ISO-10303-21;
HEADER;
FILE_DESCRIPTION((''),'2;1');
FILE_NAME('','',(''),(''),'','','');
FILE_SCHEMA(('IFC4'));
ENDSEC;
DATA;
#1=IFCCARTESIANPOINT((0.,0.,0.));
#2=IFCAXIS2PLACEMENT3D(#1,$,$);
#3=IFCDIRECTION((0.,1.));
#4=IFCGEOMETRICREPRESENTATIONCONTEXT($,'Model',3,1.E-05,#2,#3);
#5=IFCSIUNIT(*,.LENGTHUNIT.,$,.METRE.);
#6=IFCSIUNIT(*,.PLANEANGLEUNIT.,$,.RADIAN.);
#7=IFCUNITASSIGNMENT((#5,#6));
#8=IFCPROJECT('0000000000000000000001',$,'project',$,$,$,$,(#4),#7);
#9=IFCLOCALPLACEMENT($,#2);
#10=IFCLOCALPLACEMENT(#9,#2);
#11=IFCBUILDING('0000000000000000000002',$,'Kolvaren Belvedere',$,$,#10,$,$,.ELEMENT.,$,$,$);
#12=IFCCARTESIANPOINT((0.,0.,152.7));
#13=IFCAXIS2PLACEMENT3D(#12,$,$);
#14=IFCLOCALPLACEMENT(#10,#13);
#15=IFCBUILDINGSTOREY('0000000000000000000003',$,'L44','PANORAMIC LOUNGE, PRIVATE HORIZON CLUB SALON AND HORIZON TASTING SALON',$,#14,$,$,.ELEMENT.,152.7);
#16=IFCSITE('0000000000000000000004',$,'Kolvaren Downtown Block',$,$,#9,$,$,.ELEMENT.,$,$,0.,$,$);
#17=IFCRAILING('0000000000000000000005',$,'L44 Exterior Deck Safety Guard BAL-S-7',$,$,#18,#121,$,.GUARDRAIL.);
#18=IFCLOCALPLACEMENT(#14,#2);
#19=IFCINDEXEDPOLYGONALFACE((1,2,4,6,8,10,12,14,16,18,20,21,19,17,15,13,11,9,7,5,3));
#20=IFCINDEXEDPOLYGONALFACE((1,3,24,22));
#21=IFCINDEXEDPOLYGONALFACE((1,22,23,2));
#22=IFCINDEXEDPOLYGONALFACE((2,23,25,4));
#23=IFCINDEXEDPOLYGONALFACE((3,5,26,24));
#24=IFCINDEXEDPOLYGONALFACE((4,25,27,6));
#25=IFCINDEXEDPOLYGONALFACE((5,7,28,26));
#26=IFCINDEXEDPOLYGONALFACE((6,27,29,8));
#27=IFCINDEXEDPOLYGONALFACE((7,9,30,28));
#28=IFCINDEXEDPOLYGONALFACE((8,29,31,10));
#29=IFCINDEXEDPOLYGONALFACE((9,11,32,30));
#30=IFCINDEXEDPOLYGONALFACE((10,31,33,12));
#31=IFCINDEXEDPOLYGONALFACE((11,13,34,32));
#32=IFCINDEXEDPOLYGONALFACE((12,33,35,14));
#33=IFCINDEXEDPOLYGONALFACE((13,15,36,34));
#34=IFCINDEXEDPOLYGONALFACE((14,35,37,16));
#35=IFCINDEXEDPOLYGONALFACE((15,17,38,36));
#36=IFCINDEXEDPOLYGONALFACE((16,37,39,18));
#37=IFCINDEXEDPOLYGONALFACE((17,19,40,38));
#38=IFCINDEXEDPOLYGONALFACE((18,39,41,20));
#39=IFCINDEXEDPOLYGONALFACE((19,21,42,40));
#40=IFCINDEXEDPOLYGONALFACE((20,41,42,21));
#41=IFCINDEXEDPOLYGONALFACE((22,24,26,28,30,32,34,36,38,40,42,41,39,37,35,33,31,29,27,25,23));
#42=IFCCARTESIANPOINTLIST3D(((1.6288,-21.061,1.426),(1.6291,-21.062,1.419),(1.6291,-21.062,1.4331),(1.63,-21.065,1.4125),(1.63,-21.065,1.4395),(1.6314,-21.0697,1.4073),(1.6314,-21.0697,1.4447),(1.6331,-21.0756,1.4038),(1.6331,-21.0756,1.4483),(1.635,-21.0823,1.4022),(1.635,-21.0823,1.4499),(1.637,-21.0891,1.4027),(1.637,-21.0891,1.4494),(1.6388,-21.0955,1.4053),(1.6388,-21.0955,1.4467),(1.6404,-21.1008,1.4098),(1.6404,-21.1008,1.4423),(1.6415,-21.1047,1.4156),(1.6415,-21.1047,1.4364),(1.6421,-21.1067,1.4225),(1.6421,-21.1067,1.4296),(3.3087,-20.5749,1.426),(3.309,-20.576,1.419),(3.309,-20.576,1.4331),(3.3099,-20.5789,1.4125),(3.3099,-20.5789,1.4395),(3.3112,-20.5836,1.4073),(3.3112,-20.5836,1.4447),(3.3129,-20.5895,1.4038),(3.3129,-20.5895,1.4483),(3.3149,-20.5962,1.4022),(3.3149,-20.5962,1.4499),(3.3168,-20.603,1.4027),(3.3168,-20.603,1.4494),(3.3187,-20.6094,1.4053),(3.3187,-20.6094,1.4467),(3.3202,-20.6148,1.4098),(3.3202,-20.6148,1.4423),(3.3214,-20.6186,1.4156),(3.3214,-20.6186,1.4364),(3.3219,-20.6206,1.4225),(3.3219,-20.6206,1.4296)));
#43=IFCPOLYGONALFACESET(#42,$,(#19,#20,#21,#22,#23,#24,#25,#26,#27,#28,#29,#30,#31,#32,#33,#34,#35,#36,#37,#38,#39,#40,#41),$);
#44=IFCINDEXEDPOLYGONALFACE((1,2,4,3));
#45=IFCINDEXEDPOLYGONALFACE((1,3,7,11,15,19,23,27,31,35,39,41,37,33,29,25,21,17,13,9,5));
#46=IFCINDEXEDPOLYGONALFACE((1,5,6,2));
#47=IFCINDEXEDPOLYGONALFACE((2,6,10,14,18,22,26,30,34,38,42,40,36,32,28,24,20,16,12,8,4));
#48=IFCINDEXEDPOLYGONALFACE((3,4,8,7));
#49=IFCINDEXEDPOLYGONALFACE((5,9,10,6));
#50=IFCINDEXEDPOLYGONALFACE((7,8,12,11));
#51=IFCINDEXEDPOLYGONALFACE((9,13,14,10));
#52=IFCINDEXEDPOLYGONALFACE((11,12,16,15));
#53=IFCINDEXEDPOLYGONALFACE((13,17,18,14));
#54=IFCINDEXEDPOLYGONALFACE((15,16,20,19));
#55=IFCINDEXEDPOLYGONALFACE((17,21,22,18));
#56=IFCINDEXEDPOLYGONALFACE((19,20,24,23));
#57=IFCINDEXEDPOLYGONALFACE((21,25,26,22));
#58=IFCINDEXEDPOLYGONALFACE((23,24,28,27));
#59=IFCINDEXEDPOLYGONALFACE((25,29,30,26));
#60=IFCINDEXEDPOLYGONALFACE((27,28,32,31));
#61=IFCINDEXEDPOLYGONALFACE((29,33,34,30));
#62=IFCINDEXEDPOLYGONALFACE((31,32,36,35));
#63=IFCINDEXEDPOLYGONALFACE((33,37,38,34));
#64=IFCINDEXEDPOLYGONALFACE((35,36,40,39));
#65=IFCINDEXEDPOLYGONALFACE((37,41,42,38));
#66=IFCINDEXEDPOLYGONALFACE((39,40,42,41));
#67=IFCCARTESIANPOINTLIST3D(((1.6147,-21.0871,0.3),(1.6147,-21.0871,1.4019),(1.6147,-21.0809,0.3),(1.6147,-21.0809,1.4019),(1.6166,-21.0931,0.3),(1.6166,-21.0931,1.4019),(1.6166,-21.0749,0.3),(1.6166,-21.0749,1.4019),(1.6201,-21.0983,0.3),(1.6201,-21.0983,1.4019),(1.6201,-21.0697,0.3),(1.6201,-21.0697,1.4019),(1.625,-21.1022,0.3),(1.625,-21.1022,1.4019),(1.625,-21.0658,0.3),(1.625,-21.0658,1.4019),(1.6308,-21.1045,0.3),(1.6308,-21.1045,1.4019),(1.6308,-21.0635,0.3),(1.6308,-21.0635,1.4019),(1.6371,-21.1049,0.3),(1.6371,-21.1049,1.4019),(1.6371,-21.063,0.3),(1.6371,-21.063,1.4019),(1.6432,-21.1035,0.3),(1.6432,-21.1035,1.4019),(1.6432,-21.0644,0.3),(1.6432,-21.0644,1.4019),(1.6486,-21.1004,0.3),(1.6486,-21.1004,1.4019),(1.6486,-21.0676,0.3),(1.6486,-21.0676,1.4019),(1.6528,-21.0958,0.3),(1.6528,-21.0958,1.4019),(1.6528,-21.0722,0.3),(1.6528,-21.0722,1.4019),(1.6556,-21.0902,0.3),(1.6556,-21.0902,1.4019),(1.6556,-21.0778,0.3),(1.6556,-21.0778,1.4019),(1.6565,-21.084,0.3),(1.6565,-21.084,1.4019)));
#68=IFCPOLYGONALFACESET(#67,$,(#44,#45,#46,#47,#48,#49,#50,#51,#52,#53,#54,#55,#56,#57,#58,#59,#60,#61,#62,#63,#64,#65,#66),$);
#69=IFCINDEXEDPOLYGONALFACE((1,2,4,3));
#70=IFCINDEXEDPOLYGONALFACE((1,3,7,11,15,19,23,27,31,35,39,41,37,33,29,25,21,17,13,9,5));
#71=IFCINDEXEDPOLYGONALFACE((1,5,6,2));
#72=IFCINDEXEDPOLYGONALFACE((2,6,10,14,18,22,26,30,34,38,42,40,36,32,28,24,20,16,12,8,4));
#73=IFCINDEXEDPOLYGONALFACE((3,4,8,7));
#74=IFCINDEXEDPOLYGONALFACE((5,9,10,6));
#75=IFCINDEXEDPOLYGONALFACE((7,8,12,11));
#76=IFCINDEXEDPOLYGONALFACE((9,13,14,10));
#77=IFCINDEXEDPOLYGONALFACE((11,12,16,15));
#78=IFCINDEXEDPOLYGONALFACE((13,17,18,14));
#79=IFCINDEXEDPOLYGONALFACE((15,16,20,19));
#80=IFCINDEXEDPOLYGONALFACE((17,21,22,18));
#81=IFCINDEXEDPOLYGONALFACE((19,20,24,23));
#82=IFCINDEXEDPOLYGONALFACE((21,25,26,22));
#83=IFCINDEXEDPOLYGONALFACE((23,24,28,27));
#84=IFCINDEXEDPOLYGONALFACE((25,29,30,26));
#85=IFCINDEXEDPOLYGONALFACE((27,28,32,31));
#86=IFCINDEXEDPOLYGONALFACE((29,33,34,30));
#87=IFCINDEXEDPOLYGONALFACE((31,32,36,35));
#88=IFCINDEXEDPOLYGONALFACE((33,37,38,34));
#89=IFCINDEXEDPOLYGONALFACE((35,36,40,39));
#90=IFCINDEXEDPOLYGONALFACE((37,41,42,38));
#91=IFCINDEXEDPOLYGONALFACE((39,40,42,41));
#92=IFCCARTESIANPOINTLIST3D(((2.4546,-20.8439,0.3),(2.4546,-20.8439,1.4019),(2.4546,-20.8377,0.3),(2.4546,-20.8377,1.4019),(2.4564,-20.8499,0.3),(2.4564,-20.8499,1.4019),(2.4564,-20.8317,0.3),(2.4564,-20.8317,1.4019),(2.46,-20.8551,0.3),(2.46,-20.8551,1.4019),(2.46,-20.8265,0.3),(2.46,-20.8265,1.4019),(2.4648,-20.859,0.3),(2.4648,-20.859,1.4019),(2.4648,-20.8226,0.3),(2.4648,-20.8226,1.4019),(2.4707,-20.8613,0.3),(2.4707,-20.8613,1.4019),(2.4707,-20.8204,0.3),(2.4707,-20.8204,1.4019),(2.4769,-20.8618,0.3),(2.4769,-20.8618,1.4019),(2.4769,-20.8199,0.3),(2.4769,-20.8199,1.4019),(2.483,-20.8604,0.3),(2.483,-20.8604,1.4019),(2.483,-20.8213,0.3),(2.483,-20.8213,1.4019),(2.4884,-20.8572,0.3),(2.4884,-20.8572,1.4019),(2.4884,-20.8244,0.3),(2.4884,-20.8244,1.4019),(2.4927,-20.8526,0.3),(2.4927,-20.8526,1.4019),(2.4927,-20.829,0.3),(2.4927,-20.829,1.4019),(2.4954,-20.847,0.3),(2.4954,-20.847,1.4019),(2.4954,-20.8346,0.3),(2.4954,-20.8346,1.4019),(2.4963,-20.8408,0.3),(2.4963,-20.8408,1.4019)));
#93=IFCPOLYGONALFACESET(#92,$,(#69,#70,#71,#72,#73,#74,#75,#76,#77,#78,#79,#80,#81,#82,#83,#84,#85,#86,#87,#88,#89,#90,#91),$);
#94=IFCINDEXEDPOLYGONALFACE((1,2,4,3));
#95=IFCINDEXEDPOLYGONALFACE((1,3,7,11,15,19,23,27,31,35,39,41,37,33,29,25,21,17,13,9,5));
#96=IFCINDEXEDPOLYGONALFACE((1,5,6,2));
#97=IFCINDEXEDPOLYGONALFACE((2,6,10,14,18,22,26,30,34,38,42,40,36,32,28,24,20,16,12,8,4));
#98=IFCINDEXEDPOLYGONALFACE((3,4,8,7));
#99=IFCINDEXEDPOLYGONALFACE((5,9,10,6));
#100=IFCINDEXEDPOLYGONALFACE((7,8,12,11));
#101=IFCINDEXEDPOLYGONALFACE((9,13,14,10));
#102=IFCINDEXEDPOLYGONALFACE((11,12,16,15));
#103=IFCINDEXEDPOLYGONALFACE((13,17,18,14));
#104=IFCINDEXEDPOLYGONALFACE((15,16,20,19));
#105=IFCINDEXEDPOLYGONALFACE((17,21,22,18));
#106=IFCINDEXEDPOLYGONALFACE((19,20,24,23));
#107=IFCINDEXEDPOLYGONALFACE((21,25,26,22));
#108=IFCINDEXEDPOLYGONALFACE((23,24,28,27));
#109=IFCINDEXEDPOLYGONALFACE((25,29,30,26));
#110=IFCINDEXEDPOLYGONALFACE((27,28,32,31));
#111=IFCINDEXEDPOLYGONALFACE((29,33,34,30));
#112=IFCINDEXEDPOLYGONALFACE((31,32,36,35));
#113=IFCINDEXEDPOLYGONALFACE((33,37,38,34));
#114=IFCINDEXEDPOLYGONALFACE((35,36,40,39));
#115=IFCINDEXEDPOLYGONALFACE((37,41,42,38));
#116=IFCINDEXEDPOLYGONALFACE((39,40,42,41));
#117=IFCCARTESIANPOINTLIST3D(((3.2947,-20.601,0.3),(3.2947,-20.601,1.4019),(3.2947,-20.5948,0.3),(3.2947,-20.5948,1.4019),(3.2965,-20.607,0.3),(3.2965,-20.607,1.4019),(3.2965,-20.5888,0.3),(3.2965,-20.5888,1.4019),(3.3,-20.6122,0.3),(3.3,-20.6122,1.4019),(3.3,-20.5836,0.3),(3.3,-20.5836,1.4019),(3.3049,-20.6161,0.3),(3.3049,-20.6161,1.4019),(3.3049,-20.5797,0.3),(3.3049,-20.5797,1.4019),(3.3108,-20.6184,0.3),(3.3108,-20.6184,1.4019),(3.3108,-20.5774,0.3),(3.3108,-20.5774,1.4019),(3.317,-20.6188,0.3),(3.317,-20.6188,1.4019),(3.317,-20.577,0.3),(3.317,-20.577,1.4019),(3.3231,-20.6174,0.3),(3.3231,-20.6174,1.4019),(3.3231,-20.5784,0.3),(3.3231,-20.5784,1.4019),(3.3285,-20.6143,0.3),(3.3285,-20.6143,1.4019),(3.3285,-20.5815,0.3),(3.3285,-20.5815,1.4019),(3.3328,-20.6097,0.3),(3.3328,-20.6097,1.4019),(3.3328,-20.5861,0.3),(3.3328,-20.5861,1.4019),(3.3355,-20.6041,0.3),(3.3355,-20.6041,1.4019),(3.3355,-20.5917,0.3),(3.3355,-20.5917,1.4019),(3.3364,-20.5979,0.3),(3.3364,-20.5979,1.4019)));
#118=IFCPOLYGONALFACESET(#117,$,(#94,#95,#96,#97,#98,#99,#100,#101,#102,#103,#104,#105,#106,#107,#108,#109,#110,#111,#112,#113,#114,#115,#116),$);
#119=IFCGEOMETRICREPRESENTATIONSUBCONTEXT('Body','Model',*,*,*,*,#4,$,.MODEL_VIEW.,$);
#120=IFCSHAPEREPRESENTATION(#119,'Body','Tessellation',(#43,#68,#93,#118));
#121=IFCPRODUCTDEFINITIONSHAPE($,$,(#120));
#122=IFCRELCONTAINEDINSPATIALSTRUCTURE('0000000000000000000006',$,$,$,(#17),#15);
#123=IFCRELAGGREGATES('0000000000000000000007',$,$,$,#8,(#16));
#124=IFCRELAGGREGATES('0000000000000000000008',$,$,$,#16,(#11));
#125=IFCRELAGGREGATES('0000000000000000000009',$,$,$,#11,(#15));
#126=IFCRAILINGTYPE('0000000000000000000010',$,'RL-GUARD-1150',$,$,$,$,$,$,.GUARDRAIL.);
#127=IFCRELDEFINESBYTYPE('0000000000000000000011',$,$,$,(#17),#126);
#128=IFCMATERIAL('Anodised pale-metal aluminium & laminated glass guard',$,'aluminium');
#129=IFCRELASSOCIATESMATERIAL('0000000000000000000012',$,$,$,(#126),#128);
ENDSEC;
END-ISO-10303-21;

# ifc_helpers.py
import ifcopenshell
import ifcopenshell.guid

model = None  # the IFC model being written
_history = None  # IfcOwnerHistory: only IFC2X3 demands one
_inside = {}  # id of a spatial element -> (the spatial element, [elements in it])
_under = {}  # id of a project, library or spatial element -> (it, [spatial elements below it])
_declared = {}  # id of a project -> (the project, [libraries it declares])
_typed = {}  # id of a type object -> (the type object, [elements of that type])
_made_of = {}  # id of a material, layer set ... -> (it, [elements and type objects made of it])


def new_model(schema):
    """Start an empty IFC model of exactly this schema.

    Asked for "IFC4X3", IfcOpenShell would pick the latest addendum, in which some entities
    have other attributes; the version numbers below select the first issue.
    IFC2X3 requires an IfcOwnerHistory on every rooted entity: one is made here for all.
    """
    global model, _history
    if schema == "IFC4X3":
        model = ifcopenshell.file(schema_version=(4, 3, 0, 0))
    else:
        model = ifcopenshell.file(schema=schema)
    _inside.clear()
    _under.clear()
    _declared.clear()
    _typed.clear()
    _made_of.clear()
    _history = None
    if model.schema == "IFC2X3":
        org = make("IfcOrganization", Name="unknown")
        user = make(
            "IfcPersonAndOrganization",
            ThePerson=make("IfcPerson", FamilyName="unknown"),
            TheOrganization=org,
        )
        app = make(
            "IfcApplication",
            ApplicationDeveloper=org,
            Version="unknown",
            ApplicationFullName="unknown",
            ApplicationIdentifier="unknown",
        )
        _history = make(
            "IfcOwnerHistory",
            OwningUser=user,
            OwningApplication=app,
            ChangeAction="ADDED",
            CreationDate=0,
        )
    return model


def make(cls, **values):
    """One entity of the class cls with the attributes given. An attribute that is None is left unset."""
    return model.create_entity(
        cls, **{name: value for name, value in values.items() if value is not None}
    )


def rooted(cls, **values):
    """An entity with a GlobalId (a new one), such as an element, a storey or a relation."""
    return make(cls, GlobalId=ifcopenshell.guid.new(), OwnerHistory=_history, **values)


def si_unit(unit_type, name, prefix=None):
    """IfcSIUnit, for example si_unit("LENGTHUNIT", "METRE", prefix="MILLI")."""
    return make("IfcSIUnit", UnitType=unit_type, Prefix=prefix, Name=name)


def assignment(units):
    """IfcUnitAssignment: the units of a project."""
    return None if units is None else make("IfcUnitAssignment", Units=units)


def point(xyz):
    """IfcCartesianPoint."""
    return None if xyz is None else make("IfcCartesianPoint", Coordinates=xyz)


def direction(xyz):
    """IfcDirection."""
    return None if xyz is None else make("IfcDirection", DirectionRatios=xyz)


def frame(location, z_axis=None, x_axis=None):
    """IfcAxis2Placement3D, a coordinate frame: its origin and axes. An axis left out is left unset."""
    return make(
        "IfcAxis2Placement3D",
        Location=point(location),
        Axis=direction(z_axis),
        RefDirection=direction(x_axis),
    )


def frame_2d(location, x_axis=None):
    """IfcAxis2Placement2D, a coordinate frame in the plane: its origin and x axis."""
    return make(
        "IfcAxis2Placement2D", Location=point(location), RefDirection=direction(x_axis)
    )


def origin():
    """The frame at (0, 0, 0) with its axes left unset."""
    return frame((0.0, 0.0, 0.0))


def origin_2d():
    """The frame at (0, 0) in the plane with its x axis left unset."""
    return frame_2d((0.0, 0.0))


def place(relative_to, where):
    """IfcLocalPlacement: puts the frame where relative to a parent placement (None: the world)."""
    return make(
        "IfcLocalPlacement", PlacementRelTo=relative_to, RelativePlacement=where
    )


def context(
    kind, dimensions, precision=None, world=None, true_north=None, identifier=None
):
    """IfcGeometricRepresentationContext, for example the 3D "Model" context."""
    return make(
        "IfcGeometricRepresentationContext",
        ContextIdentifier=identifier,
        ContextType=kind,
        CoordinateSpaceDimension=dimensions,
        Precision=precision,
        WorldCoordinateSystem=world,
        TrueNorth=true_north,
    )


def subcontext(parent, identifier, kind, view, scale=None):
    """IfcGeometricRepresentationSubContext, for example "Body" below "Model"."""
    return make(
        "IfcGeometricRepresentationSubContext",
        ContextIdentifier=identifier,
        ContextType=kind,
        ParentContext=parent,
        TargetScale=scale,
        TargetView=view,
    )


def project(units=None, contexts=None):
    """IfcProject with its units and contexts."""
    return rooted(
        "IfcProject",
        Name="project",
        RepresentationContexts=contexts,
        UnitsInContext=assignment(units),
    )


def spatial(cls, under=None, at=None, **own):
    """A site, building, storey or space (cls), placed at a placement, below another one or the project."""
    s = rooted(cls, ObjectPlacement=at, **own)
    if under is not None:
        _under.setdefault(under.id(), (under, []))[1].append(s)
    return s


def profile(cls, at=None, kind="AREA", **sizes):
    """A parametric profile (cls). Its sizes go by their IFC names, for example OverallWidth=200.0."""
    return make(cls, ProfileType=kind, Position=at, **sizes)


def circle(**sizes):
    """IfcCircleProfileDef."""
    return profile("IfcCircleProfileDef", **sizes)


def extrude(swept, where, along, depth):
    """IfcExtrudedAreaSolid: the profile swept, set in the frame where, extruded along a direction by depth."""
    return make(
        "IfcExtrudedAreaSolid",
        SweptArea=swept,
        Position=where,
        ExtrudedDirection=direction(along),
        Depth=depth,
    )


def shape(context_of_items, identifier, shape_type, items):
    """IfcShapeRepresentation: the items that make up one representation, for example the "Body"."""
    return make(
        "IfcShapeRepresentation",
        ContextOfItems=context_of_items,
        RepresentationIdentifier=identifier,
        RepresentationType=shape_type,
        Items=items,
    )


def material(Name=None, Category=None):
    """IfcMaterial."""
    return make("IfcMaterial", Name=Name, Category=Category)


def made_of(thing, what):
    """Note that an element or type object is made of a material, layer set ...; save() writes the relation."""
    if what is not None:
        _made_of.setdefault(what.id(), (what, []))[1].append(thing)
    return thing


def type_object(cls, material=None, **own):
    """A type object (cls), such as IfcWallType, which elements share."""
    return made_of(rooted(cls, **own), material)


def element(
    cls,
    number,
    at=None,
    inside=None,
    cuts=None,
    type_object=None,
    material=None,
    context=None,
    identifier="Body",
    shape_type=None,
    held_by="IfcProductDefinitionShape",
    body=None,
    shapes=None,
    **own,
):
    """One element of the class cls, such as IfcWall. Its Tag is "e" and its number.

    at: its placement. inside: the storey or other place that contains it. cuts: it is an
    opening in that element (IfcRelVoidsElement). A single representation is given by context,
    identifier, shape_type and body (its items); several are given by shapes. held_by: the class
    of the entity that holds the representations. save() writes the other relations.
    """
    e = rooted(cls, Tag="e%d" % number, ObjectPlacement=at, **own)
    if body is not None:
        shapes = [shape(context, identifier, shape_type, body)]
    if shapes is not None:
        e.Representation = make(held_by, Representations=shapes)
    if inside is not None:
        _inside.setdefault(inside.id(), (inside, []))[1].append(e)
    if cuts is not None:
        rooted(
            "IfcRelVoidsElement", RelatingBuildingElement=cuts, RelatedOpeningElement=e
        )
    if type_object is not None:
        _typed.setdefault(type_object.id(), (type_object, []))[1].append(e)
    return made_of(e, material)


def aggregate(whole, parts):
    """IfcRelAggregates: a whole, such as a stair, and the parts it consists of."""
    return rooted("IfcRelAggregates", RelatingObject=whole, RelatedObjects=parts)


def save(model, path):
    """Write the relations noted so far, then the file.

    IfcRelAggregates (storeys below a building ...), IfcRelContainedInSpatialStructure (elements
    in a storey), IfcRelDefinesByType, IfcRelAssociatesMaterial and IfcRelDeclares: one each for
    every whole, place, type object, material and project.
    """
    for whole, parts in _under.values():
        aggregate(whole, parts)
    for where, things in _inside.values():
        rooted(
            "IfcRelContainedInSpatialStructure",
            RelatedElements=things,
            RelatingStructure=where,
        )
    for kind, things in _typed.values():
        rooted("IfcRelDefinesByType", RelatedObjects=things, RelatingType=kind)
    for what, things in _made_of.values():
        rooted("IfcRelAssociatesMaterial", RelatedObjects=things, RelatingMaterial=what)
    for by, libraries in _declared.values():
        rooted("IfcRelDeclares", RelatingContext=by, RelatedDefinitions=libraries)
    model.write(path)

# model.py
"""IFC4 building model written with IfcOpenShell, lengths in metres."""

from ifc_helpers import new_model, si_unit, direction, frame, origin, origin_2d, place, context, subcontext, project, spatial, circle, extrude, material, type_object, element, save


model = new_model("IFC4")

# Units and contexts
model_context = context("Model", 3, precision=1e-05, world=origin(), true_north=direction((0.0, 1.0)))
body_context = subcontext(model_context, "Body", "Model", "MODEL_VIEW")
ifc_project = project(units=[si_unit("LENGTHUNIT", "METRE"), si_unit("PLANEANGLEUNIT", "RADIAN")], contexts=[model_context])

# Site, building, storey
site_placement = place(None, origin())
site = spatial("IfcSite", under=ifc_project, at=site_placement, Name="Kolvaren Downtown Block", CompositionType="ELEMENT", RefElevation=0.0)
building_placement = place(site_placement, origin())
building = spatial("IfcBuilding", under=site, at=building_placement, Name="Kolvaren Belvedere", CompositionType="ELEMENT")
storey_placement = place(building_placement, frame((0.0, 0.0, 152.7)))
storey = spatial("IfcBuildingStorey", under=building, at=storey_placement, Name="L44", Description="PANORAMIC LOUNGE, PRIVATE HORIZON CLUB SALON AND HORIZON TASTING SALON", CompositionType="ELEMENT", Elevation=152.7)

# Railing
ifc_material_1 = material(Name="Anodised pale-metal aluminium & laminated glass guard", Category="aluminium")
railing_type = type_object("IfcRailingType", Name="RL-GUARD-1150", PredefinedType="GUARDRAIL", material=ifc_material_1)
railing_1_placement = place(storey_placement, frame((1.6355, -21.084, 0.3)))
element("IfcRailing", 1, at=railing_1_placement, inside=storey, type_object=railing_type, Name="L44 Exterior Deck Safety Guard BAL-S-7", PredefinedType="GUARDRAIL", context=body_context, shape_type="SweptSolid", body=[
    extrude(circle(Radius=0.0239, at=origin_2d()), frame((0.0, 0.0, 1.126), z_axis=(0.960597, 0.277946, 0.0), x_axis=(-0.277946, 0.960597, 0.0)), (0.0, 0.0, 1.0), 1.7488),
    extrude(circle(Radius=0.021, at=origin_2d()), origin(), (0.0, 0.0, 1.0), 1.1018),
    extrude(circle(Radius=0.021, at=origin_2d()), frame((0.8398, 0.2432, 0.0)), (0.0, 0.0, 1.0), 1.1018),
    extrude(circle(Radius=0.021, at=origin_2d()), frame((1.6799, 0.4861, 0.0)), (0.0, 0.0, 1.0), 1.1018),
])

save(model, "model.ifc")
